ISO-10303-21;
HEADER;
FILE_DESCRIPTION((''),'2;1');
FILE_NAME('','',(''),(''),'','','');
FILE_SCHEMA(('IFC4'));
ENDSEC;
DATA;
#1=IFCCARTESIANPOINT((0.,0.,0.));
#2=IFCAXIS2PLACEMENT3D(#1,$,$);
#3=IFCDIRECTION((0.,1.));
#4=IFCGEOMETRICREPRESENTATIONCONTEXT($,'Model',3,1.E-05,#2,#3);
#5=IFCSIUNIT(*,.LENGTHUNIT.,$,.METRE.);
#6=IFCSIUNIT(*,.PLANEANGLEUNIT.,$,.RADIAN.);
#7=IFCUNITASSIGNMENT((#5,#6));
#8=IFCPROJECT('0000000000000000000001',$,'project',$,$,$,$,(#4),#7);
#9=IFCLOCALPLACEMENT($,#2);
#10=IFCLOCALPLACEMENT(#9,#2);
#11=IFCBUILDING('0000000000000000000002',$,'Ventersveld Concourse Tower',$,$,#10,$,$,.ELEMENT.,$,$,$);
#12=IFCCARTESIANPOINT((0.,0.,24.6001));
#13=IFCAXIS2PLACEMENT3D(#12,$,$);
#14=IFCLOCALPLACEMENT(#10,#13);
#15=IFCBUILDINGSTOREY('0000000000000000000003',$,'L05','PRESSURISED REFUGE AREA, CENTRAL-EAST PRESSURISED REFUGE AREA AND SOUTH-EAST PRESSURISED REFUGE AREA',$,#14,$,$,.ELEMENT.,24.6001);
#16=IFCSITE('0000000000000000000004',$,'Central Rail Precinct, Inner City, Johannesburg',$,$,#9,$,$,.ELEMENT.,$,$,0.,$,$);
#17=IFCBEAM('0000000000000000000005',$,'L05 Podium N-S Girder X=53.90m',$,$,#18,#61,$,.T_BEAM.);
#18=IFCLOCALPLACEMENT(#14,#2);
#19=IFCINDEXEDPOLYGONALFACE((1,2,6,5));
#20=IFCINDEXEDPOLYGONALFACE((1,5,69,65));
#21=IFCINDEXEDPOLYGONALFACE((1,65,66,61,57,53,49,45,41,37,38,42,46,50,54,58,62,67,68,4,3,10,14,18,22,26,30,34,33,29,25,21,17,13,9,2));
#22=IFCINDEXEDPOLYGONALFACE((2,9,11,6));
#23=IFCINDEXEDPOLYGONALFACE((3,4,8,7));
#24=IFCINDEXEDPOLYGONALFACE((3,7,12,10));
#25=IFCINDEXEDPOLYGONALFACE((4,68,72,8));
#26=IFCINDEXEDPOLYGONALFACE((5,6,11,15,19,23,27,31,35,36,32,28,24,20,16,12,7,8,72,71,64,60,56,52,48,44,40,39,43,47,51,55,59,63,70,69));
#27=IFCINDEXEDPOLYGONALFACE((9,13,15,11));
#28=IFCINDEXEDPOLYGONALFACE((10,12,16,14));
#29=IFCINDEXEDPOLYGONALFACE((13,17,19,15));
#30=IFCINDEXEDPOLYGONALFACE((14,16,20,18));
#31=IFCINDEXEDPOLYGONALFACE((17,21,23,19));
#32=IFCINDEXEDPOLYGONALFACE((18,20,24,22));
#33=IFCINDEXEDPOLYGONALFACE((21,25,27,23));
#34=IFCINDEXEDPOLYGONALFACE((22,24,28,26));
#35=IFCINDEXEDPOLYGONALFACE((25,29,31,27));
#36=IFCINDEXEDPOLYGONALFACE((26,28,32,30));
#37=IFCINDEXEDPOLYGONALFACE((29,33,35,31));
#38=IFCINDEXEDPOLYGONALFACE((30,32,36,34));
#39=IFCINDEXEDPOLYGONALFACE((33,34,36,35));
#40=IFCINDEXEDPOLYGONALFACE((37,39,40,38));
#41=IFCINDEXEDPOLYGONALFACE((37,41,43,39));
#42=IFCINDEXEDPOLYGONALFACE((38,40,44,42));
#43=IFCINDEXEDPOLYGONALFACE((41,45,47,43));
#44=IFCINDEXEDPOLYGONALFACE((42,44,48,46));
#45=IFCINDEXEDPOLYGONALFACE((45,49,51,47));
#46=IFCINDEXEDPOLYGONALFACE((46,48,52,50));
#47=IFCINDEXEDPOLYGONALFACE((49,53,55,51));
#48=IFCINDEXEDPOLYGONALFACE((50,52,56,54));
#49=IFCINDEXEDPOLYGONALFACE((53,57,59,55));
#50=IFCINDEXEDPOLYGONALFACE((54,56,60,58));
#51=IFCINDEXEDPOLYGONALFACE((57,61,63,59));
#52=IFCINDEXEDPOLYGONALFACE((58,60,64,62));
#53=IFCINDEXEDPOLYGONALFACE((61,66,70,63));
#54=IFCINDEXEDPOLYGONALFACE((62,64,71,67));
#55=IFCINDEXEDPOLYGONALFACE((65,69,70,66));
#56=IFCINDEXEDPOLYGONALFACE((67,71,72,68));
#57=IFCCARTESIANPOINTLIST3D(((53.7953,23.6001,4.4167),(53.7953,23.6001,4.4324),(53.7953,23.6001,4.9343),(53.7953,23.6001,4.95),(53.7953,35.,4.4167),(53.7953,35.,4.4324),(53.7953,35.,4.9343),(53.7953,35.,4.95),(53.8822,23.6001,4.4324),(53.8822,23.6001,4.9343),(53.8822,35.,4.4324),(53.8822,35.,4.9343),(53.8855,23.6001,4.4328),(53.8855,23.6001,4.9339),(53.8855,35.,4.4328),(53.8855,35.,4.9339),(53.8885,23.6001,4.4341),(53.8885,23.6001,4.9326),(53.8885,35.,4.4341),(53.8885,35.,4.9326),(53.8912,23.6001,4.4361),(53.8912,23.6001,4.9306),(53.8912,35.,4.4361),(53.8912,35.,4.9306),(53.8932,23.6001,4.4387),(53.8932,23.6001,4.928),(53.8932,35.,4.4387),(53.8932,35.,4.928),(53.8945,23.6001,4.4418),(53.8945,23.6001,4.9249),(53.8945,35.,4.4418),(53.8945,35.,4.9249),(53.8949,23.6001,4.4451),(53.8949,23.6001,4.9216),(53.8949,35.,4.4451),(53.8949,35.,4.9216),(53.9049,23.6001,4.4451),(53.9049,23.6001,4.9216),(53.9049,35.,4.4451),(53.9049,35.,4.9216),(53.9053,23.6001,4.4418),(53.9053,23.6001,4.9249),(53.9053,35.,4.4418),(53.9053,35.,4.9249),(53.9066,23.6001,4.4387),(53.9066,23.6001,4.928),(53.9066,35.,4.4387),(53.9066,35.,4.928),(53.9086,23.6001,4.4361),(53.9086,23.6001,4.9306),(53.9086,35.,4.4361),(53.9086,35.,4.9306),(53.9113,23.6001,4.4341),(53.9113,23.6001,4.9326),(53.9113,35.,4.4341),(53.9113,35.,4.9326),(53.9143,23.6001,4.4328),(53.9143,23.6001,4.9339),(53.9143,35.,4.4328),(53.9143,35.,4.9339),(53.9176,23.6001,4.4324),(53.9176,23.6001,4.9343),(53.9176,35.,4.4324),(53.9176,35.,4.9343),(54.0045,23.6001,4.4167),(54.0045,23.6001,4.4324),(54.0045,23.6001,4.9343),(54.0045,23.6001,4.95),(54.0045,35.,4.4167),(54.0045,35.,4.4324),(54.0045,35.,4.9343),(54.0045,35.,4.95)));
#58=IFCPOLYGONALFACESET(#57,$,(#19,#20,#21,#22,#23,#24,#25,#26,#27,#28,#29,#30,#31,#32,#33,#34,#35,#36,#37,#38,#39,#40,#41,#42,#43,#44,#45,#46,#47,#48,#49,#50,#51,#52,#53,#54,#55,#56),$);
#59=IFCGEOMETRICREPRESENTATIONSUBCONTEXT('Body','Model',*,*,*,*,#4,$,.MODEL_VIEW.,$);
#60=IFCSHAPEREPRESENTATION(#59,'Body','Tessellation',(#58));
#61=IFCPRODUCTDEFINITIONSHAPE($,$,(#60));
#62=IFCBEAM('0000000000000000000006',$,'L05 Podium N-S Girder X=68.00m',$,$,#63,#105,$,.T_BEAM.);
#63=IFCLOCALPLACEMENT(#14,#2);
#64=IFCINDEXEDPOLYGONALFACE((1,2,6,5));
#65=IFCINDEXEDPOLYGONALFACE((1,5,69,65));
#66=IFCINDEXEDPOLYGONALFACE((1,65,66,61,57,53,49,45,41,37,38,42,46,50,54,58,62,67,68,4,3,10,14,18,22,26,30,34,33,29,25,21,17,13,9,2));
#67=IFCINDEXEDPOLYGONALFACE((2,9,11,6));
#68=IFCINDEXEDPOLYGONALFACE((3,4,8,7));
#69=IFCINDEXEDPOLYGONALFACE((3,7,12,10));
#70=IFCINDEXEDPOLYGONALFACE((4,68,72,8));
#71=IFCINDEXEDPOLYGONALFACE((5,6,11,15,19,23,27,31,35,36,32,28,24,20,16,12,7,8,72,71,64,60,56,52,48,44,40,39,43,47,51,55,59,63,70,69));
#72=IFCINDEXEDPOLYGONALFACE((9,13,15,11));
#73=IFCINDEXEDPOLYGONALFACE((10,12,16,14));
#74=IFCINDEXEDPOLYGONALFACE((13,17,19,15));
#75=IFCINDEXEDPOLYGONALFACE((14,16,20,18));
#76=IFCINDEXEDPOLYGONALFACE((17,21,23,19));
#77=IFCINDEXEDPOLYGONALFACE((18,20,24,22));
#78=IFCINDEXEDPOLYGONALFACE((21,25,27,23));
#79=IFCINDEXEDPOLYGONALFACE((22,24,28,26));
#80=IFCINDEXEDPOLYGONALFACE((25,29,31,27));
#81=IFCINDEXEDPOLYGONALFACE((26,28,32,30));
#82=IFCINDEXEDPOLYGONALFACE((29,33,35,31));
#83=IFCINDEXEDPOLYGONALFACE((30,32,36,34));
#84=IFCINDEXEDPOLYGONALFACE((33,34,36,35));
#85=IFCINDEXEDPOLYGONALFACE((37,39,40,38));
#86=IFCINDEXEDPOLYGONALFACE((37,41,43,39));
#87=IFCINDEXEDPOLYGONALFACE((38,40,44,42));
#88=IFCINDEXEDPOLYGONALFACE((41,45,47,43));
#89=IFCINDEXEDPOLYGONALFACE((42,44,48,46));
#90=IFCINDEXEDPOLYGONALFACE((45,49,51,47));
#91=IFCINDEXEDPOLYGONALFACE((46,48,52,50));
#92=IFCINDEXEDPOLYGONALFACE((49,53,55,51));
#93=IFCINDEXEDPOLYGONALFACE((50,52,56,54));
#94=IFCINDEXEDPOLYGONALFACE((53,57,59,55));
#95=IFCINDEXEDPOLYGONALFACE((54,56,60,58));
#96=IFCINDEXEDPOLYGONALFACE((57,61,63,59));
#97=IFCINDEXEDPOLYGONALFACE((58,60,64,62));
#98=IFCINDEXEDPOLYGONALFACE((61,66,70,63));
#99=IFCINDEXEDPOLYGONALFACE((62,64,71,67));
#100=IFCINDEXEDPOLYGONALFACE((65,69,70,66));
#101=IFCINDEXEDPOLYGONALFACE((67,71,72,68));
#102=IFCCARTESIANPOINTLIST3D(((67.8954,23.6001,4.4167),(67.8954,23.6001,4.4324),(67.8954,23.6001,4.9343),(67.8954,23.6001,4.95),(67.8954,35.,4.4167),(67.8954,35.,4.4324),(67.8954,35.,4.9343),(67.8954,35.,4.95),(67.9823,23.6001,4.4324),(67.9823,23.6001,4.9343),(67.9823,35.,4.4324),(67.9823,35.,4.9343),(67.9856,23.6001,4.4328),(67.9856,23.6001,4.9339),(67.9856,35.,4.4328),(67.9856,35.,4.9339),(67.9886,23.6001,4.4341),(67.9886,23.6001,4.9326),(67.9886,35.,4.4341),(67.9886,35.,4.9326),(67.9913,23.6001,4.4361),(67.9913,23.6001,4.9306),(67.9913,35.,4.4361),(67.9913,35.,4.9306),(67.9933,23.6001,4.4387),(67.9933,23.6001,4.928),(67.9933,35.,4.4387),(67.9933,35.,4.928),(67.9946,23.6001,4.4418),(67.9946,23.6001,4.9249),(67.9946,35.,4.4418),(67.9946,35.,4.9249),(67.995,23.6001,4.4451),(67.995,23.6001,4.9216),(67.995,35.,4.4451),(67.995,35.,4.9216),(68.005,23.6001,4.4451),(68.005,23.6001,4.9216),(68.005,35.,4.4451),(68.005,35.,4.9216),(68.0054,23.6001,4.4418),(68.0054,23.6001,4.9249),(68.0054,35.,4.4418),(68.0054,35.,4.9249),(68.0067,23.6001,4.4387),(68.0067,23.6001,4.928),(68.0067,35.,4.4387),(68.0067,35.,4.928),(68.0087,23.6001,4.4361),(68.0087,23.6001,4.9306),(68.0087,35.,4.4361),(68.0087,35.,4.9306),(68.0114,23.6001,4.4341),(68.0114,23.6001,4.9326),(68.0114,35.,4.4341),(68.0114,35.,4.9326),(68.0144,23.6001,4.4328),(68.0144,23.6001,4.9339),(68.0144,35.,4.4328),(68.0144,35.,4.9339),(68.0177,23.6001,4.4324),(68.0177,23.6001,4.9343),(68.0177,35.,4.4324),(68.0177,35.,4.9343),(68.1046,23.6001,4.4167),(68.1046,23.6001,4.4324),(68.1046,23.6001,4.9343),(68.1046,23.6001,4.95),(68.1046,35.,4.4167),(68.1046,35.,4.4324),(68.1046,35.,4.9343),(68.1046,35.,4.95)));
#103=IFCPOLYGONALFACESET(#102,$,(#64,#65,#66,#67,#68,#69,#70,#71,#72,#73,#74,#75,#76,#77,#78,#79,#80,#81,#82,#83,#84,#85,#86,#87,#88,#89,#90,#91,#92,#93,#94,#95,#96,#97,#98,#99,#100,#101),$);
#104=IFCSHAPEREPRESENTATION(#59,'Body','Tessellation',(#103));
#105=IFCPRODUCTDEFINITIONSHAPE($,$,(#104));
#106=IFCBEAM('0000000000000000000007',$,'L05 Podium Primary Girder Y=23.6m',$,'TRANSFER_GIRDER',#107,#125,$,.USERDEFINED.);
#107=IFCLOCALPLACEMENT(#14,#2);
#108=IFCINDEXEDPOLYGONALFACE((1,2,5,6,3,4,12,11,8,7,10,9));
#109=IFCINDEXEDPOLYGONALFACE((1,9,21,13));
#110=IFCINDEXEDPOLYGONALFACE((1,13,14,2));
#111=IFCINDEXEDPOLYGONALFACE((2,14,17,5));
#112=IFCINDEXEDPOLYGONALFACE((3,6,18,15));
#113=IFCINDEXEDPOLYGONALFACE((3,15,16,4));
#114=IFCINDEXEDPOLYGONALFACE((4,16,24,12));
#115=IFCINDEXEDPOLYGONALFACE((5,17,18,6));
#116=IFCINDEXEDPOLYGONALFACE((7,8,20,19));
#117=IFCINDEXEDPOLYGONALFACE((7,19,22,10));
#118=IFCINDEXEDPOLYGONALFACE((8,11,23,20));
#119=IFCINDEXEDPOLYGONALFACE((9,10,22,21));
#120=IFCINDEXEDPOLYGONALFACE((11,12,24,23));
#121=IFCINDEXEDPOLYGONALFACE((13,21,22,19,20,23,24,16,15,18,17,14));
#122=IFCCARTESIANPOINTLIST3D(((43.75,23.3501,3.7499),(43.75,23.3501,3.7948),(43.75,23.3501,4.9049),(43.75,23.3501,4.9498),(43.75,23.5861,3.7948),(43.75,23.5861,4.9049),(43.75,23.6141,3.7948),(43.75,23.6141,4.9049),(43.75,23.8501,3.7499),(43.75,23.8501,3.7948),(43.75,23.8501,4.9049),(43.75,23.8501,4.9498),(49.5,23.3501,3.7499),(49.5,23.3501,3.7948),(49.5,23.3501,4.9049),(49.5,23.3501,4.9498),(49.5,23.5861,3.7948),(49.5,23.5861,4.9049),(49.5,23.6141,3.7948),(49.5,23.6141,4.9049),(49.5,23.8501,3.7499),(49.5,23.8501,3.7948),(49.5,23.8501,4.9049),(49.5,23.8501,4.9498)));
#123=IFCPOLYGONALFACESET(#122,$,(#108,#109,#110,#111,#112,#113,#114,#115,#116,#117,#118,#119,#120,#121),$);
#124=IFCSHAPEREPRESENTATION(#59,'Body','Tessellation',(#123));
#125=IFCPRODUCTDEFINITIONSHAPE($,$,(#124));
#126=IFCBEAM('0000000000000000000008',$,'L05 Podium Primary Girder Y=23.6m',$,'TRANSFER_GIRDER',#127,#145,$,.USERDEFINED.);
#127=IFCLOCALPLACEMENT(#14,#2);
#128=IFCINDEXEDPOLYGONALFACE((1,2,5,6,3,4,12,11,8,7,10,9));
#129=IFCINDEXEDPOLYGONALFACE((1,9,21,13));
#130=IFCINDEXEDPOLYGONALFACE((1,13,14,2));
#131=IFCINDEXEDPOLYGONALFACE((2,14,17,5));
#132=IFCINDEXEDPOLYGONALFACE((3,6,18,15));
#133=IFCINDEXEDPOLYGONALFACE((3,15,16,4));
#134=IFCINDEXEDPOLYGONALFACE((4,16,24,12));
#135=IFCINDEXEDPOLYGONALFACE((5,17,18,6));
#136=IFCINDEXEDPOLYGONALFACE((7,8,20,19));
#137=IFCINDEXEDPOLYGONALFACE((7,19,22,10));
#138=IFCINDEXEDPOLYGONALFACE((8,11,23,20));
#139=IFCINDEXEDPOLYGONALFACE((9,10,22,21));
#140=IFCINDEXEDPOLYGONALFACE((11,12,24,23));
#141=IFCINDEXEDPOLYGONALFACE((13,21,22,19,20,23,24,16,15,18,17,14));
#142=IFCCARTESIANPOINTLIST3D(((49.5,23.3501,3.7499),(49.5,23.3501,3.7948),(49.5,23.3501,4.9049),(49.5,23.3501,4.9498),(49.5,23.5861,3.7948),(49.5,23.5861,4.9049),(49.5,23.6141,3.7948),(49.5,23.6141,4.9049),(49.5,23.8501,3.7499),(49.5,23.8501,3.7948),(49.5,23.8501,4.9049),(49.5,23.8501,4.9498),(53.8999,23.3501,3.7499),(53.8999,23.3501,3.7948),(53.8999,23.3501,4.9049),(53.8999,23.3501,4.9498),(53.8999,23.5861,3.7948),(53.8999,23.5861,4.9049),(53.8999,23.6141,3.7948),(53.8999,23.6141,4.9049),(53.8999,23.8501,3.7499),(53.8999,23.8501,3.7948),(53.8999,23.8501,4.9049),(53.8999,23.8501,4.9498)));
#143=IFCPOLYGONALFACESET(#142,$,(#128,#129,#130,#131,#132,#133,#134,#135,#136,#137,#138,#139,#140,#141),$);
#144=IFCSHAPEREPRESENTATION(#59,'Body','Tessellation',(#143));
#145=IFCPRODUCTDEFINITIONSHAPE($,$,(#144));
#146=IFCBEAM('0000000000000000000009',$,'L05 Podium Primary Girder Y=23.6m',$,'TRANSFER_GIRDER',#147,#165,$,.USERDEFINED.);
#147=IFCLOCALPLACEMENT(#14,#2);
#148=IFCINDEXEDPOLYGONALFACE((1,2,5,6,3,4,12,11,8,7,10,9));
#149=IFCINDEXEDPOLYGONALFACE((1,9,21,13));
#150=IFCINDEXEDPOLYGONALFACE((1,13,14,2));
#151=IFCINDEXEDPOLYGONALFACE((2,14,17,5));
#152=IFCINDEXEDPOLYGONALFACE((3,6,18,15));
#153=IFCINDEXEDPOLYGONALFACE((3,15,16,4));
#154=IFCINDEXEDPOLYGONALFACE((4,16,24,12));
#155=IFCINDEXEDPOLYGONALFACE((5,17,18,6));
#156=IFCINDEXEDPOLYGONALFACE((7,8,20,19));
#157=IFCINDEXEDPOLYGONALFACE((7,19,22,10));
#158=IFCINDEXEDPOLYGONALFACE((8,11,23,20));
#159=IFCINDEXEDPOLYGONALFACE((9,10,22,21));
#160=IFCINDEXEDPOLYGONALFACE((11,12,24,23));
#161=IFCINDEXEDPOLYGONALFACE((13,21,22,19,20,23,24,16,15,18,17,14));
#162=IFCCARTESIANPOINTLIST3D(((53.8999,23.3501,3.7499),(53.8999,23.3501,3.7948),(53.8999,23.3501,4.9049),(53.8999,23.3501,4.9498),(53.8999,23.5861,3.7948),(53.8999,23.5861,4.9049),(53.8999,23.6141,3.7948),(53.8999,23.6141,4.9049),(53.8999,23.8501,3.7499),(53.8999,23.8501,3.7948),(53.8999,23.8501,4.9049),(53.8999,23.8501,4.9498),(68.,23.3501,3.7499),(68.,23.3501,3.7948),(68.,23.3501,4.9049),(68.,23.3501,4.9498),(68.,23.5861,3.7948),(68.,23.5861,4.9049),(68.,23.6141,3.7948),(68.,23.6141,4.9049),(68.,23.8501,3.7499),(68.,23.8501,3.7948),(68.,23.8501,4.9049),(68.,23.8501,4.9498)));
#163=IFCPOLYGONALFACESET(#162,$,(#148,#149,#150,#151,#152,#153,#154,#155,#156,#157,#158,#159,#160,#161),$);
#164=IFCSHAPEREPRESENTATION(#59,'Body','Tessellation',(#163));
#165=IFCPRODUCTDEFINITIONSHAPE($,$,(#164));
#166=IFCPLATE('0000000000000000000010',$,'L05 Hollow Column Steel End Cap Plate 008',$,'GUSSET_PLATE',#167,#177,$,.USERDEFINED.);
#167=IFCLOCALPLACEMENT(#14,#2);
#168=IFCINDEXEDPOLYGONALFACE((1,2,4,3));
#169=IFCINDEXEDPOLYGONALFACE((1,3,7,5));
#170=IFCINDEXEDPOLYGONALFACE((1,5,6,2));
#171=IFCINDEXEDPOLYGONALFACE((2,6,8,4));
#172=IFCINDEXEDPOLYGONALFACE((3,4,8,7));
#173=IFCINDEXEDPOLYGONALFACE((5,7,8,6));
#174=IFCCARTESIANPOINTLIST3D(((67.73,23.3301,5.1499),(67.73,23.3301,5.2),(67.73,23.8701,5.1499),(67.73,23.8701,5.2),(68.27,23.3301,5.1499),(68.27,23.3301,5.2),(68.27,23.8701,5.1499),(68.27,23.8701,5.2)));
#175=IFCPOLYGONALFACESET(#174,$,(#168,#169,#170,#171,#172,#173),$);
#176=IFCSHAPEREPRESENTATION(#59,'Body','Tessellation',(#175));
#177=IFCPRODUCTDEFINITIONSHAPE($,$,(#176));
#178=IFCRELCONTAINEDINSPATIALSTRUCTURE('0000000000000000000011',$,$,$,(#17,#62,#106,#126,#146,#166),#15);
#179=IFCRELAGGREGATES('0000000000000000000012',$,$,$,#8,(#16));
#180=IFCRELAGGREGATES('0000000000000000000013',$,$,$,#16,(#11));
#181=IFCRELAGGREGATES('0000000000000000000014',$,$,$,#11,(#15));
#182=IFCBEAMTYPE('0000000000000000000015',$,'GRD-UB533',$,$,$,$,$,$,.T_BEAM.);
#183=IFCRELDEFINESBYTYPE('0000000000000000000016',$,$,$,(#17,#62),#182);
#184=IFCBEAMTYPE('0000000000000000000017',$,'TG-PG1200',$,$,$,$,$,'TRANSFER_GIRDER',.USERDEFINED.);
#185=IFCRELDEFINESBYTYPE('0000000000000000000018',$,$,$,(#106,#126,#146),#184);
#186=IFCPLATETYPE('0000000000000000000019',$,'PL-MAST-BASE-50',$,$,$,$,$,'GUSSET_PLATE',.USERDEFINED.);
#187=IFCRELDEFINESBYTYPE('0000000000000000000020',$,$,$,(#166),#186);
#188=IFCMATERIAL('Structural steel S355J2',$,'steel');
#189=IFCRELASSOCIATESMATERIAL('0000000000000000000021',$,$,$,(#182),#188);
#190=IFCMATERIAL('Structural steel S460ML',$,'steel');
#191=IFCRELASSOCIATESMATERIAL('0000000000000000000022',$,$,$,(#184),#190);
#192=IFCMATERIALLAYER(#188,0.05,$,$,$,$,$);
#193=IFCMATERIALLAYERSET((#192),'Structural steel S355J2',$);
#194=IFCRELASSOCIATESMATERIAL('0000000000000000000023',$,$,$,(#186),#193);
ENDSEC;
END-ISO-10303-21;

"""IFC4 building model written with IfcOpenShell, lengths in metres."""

from ifc_helpers import new_model, si_unit, direction, frame, origin, origin_2d, place, context, subcontext, project, spatial, rectangle, i_section, extrude, material, layer, layer_set, material_profile, profile_set, type_object, element, save


model = new_model("IFC4")

# Units and contexts
model_context = context("Model", 3, precision=1e-05, world=origin(), true_north=direction((0.0, 1.0)))
body_context = subcontext(model_context, "Body", "Model", "MODEL_VIEW")
ifc_project = project(units=[si_unit("LENGTHUNIT", "METRE"), si_unit("PLANEANGLEUNIT", "RADIAN")], contexts=[model_context])

# Site, building, storey
site_placement = place(None, origin())
site = spatial("IfcSite", under=ifc_project, at=site_placement, Name="Central Rail Precinct, Inner City, Johannesburg", CompositionType="ELEMENT", RefElevation=0.0)
building_placement = place(site_placement, origin())
building = spatial("IfcBuilding", under=site, at=building_placement, Name="Ventersveld Concourse Tower", CompositionType="ELEMENT")
storey_placement = place(building_placement, frame((0.0, 0.0, 24.6001)))
storey = spatial("IfcBuildingStorey", under=building, at=storey_placement, Name="L05", Description="PRESSURISED REFUGE AREA, CENTRAL-EAST PRESSURISED REFUGE AREA AND SOUTH-EAST PRESSURISED REFUGE AREA", CompositionType="ELEMENT", Elevation=24.6001)

# Beams
ifc_material_1 = material(Name="Structural steel S355J2", Category="steel")
ifc_material_profile_1 = material_profile(ifc_material_1, i_section(OverallWidth=0.2092, OverallDepth=0.5332, WebThickness=0.01, FlangeThickness=0.0156, FilletRadius=0.0127, at=origin_2d()), Name="UB 533x210x92")
ifc_profile_set_1 = profile_set([ifc_material_profile_1], Name="Structural steel S355J2")
beam_type_1 = type_object("IfcBeamType", Name="GRD-UB533", PredefinedType="T_BEAM", material=ifc_profile_set_1)
for number, where, z_axis, x_axis, name in (
    (1, (53.8999, 23.6001, 4.6833), (0.0, 1.0, 0.0), (-1.0, 0.0, 0.0), "L05 Podium N-S Girder X=53.90m"),
    (2, (68.0, 23.6001, 4.6833), (0.0, 1.0, 0.0), (-1.0, 0.0, 0.0), "L05 Podium N-S Girder X=68.00m"),
):
    element("IfcBeam", number, at=place(storey_placement, frame(where, z_axis=z_axis, x_axis=x_axis)), inside=storey, type_object=beam_type_1, Name=name, PredefinedType="T_BEAM", context=body_context, shape_type="SweptSolid", body=[
        extrude(i_section(OverallWidth=0.2092, OverallDepth=0.5332, WebThickness=0.01, FlangeThickness=0.0156, FilletRadius=0.0127, at=origin_2d()), origin(), (0.0, 0.0, 1.0), 11.3999),
    ])
ifc_material_2 = material(Name="Structural steel S460ML", Category="steel")
ifc_material_profile_2 = material_profile(ifc_material_2, i_section(OverallWidth=0.5, OverallDepth=1.2, WebThickness=0.0281, FlangeThickness=0.0449, at=origin_2d()), Name="PG 1200x500x45")
ifc_profile_set_2 = profile_set([ifc_material_profile_2], Name="Structural steel S460ML")
beam_type_2 = type_object("IfcBeamType", Name="TG-PG1200", ElementType="TRANSFER_GIRDER", PredefinedType="USERDEFINED", material=ifc_profile_set_2)
beam_1_placement = place(storey_placement, frame((43.75, 23.6001, 4.3499), z_axis=(1.0, 0.0, 0.0), x_axis=(0.0, 1.0, 0.0)))
element("IfcBeam", 3, at=beam_1_placement, inside=storey, type_object=beam_type_2, Name="L05 Podium Primary Girder Y=23.6m", ObjectType="TRANSFER_GIRDER", PredefinedType="USERDEFINED", context=body_context, shape_type="SweptSolid", body=[
    extrude(i_section(OverallWidth=0.5, OverallDepth=1.2, WebThickness=0.0281, FlangeThickness=0.0449, at=origin_2d()), origin(), (0.0, 0.0, 1.0), 5.75),
])
beam_2_placement = place(storey_placement, frame((49.5, 23.6001, 4.3499), z_axis=(1.0, 0.0, 0.0), x_axis=(0.0, 1.0, 0.0)))
element("IfcBeam", 4, at=beam_2_placement, inside=storey, type_object=beam_type_2, Name="L05 Podium Primary Girder Y=23.6m", ObjectType="TRANSFER_GIRDER", PredefinedType="USERDEFINED", context=body_context, shape_type="SweptSolid", body=[
    extrude(i_section(OverallWidth=0.5, OverallDepth=1.2, WebThickness=0.0281, FlangeThickness=0.0449, at=origin_2d()), origin(), (0.0, 0.0, 1.0), 4.3999),
])
beam_3_placement = place(storey_placement, frame((53.8999, 23.6001, 4.3499), z_axis=(1.0, 0.0, 0.0), x_axis=(0.0, 1.0, 0.0)))
element("IfcBeam", 5, at=beam_3_placement, inside=storey, type_object=beam_type_2, Name="L05 Podium Primary Girder Y=23.6m", ObjectType="TRANSFER_GIRDER", PredefinedType="USERDEFINED", context=body_context, shape_type="SweptSolid", body=[
    extrude(i_section(OverallWidth=0.5, OverallDepth=1.2, WebThickness=0.0281, FlangeThickness=0.0449, at=origin_2d()), origin(), (0.0, 0.0, 1.0), 14.1001),
])

# Plate
ifc_layer_1 = layer(ifc_material_1, 0.05)
ifc_layer_set_1 = layer_set([ifc_layer_1], Name="Structural steel S355J2")
plate_type = type_object("IfcPlateType", Name="PL-MAST-BASE-50", ElementType="GUSSET_PLATE", PredefinedType="USERDEFINED", material=ifc_layer_set_1)
plate_placement = place(storey_placement, frame((68.0, 23.6001, 5.1499), z_axis=(0.0, 0.0, 1.0), x_axis=(1.0, 0.0, 0.0)))
element("IfcPlate", 6, at=plate_placement, inside=storey, type_object=plate_type, Name="L05 Hollow Column Steel End Cap Plate 008", ObjectType="GUSSET_PLATE", PredefinedType="USERDEFINED", context=body_context, shape_type="SweptSolid", body=[
    extrude(rectangle(XDim=0.54, YDim=0.54, at=origin_2d()), origin(), (0.0, 0.0, 1.0), 0.05),
])

save(model, "model.ifc")
